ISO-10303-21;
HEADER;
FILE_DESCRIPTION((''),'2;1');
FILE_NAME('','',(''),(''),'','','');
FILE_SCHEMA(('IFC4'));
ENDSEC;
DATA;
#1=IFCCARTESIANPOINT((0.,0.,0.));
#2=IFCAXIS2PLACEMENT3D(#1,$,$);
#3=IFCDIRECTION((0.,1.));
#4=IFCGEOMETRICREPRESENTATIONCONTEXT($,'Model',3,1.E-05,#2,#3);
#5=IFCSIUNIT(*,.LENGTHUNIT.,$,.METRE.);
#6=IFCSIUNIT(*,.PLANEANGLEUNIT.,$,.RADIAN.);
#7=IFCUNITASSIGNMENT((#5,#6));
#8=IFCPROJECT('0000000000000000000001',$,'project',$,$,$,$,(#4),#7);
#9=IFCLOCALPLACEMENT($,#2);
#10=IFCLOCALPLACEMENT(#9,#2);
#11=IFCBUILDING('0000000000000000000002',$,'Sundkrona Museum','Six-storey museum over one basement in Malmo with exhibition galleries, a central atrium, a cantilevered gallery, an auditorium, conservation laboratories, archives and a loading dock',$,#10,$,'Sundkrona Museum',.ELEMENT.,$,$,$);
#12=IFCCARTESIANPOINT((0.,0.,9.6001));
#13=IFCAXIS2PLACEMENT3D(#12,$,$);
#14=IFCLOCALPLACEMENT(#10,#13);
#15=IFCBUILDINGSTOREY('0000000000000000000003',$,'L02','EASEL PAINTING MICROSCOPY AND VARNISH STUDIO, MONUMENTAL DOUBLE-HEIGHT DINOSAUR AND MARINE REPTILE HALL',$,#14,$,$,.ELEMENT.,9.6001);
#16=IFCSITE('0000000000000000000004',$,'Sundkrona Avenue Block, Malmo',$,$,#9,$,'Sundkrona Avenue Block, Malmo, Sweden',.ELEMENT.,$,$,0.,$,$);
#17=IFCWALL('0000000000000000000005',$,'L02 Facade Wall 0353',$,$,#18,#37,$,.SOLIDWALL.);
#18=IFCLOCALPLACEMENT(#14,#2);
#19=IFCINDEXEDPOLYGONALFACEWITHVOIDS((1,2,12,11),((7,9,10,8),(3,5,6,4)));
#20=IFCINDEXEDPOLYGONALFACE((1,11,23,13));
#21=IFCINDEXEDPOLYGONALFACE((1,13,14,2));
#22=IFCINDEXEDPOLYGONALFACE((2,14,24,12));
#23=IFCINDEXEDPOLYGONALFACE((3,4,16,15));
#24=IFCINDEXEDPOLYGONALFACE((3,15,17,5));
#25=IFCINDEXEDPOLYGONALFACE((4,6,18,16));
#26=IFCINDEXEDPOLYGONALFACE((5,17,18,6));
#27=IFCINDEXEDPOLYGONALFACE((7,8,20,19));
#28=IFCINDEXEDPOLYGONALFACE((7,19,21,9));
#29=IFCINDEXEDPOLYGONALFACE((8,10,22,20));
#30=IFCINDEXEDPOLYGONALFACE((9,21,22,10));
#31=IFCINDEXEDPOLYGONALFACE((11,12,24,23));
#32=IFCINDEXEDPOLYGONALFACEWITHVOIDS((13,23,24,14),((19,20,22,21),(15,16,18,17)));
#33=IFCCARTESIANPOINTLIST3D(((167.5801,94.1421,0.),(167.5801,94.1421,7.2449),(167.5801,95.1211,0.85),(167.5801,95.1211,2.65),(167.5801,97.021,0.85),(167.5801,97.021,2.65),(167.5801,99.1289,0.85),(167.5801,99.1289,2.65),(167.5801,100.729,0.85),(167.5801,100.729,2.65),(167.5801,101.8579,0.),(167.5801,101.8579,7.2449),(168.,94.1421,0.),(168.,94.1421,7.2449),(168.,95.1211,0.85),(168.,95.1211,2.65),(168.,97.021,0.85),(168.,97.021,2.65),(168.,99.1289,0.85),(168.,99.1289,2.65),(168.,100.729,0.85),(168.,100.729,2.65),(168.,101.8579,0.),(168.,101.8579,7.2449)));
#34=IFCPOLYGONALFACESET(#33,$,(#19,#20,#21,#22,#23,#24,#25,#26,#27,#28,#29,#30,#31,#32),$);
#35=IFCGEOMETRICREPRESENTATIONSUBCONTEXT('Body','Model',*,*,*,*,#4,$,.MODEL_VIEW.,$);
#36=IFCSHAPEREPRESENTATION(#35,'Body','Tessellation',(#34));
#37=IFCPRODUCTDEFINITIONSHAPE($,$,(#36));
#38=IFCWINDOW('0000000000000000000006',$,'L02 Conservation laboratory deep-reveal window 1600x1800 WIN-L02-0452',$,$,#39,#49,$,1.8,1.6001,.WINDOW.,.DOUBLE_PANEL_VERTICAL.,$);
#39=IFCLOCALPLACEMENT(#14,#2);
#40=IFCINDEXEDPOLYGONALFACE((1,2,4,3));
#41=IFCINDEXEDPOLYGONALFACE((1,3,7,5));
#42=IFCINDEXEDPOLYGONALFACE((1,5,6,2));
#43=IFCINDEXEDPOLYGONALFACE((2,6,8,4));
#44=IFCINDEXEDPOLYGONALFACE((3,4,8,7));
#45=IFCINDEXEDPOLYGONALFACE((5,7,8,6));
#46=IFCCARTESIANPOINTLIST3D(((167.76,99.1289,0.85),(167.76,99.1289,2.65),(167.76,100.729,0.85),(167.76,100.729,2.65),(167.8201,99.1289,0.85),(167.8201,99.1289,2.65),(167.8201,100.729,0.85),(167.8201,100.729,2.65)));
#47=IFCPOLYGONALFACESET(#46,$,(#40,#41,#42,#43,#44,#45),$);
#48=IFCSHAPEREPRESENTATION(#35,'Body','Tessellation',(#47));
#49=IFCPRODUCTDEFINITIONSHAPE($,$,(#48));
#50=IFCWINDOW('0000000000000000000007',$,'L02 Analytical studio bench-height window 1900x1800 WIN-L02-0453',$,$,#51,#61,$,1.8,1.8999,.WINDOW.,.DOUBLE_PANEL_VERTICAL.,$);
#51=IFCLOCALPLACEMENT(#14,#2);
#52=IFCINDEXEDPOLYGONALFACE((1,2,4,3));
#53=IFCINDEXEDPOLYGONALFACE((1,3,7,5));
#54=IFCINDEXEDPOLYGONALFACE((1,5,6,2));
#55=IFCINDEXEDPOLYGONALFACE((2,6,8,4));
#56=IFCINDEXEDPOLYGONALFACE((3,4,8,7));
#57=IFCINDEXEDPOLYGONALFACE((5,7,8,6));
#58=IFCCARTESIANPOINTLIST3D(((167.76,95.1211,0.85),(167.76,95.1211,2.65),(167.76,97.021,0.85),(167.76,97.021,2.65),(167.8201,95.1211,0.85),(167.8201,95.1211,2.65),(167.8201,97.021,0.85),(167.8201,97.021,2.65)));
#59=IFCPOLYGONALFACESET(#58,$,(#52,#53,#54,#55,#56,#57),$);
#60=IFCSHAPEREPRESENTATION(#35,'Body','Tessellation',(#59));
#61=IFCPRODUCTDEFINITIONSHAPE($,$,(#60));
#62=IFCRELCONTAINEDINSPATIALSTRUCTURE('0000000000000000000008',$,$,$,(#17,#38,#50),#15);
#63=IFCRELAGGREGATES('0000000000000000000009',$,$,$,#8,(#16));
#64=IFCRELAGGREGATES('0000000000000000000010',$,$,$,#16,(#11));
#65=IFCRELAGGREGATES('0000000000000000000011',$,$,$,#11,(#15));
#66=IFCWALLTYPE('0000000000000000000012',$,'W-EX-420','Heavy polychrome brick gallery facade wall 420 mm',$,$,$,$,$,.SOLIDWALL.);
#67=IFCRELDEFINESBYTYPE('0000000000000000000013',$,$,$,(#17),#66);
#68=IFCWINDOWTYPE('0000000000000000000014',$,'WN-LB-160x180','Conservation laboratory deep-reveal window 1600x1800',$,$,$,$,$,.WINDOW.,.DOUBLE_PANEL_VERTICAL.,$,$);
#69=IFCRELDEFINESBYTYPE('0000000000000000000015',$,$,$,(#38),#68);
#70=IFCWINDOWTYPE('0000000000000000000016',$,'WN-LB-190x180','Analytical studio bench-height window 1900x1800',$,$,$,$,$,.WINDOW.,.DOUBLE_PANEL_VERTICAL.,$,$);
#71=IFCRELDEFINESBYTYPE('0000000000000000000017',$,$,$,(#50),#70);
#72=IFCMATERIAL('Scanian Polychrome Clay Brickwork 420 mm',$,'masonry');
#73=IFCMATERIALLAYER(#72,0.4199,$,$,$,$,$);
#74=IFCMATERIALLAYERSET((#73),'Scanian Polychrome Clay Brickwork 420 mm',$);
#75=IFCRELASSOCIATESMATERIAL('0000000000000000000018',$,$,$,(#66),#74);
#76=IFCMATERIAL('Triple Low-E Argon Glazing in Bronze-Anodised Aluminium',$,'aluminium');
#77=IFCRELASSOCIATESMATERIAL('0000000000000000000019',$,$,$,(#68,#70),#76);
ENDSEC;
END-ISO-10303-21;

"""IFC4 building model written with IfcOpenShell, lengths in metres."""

from ifc_helpers import new_model, si_unit, direction, frame, frame_2d, origin, place, context, subcontext, project, spatial, rectangle, extrude, material, layer, layer_set, type_object, element, fill, save


model = new_model("IFC4")

# Units and contexts
model_context = context("Model", 3, precision=1e-05, world=origin(), true_north=direction((0.0, 1.0)))
body_context = subcontext(model_context, "Body", "Model", "MODEL_VIEW")
ifc_project = project(units=[si_unit("LENGTHUNIT", "METRE"), si_unit("PLANEANGLEUNIT", "RADIAN")], contexts=[model_context])

# Site, building, storey
site_placement = place(None, origin())
site = spatial("IfcSite", under=ifc_project, at=site_placement, Name="Sundkrona Avenue Block, Malmo", LongName="Sundkrona Avenue Block, Malmo, Sweden", CompositionType="ELEMENT", RefElevation=0.0)
building_placement = place(site_placement, origin())
building = spatial("IfcBuilding", under=site, at=building_placement, Name="Sundkrona Museum", Description="Six-storey museum over one basement in Malmo with exhibition galleries, a central atrium, a cantilevered gallery, an auditorium, conservation laboratories, archives and a loading dock", LongName="Sundkrona Museum", CompositionType="ELEMENT")
storey_placement = place(building_placement, frame((0.0, 0.0, 9.6001)))
storey = spatial("IfcBuildingStorey", under=building, at=storey_placement, Name="L02", Description="EASEL PAINTING MICROSCOPY AND VARNISH STUDIO, MONUMENTAL DOUBLE-HEIGHT DINOSAUR AND MARINE REPTILE HALL", CompositionType="ELEMENT", Elevation=9.6001)

# Wall, openings, windows
ifc_material_1 = material(Name="Scanian Polychrome Clay Brickwork 420 mm", Category="masonry")
ifc_layer = layer(ifc_material_1, 0.4199)
ifc_layer_set = layer_set([ifc_layer], Name="Scanian Polychrome Clay Brickwork 420 mm")
wall_type = type_object("IfcWallType", Name="W-EX-420", Description="Heavy polychrome brick gallery facade wall 420 mm", PredefinedType="SOLIDWALL", material=ifc_layer_set)
ifc_material_2 = material(Name="Triple Low-E Argon Glazing in Bronze-Anodised Aluminium", Category="aluminium")
window_type_1 = type_object("IfcWindowType", Name="WN-LB-160x180", Description="Conservation laboratory deep-reveal window 1600x1800", PartitioningType="DOUBLE_PANEL_VERTICAL", PredefinedType="WINDOW", material=ifc_material_2)
window_type_2 = type_object("IfcWindowType", Name="WN-LB-190x180", Description="Analytical studio bench-height window 1900x1800", PartitioningType="DOUBLE_PANEL_VERTICAL", PredefinedType="WINDOW", material=ifc_material_2)
wall_1_placement = place(storey_placement, frame((167.79, 101.8579, 0.0), z_axis=(0.0, 0.0, 1.0), x_axis=(0.0, -1.0, 0.0)))
wall_1 = element("IfcWall", 1, at=wall_1_placement, inside=storey, type_object=wall_type, Name="L02 Facade Wall 0353", PredefinedType="SOLIDWALL", context=body_context, shape_type="SweptSolid", body=[
    extrude(rectangle(XDim=7.7158, YDim=0.4199, at=frame_2d((3.8579, 0.0))), origin(), (0.0, 0.0, 1.0), 7.2449),
])
opening_1_placement = place(wall_1_placement, frame((1.1289, 0.0, 0.8501)))
opening_1 = element("IfcOpeningElement", 2, at=opening_1_placement, cuts=wall_1, PredefinedType="OPENING", context=body_context, shape_type="SweptSolid", body=[
    extrude(rectangle(XDim=1.6001, YDim=1.8, at=frame_2d((0.8, 0.8999))), frame((0.0, 0.22, 0.0), z_axis=(0.0, -1.0, 0.0), x_axis=(1.0, 0.0, 0.0)), (0.0, 0.0, 1.0), 0.4399),
])
opening_2_placement = place(wall_1_placement, frame((4.8369, 0.0, 0.8501)))
opening_2 = element("IfcOpeningElement", 3, at=opening_2_placement, cuts=wall_1, PredefinedType="OPENING", context=body_context, shape_type="SweptSolid", body=[
    extrude(rectangle(XDim=1.8999, YDim=1.8, at=frame_2d((0.95, 0.8999))), frame((0.0, 0.22, 0.0), z_axis=(0.0, -1.0, 0.0), x_axis=(1.0, 0.0, 0.0)), (0.0, 0.0, 1.0), 0.4399),
])
window_1_placement = place(opening_1_placement, origin())
window_1 = element("IfcWindow", 4, at=window_1_placement, inside=storey, type_object=window_type_1, Name="L02 Conservation laboratory deep-reveal window 1600x1800 WIN-L02-0452", OverallHeight=1.8, OverallWidth=1.6001, PartitioningType="DOUBLE_PANEL_VERTICAL", PredefinedType="WINDOW", context=body_context, shape_type="SweptSolid", body=[
    extrude(rectangle(XDim=1.6001, YDim=1.8, at=frame_2d((0.8, 0.8999))), frame((0.0, 0.03, 0.0), z_axis=(0.0, -1.0, 0.0), x_axis=(1.0, 0.0, 0.0)), (0.0, 0.0, 1.0), 0.0601),
])
fill(opening_1, window_1)
window_2_placement = place(opening_2_placement, origin())
window_2 = element("IfcWindow", 5, at=window_2_placement, inside=storey, type_object=window_type_2, Name="L02 Analytical studio bench-height window 1900x1800 WIN-L02-0453", OverallHeight=1.8, OverallWidth=1.8999, PartitioningType="DOUBLE_PANEL_VERTICAL", PredefinedType="WINDOW", context=body_context, shape_type="SweptSolid", body=[
    extrude(rectangle(XDim=1.8999, YDim=1.8, at=frame_2d((0.95, 0.8999))), frame((0.0, 0.03, 0.0), z_axis=(0.0, -1.0, 0.0), x_axis=(1.0, 0.0, 0.0)), (0.0, 0.0, 1.0), 0.0601),
])
fill(opening_2, window_2)

save(model, "model.ifc")
